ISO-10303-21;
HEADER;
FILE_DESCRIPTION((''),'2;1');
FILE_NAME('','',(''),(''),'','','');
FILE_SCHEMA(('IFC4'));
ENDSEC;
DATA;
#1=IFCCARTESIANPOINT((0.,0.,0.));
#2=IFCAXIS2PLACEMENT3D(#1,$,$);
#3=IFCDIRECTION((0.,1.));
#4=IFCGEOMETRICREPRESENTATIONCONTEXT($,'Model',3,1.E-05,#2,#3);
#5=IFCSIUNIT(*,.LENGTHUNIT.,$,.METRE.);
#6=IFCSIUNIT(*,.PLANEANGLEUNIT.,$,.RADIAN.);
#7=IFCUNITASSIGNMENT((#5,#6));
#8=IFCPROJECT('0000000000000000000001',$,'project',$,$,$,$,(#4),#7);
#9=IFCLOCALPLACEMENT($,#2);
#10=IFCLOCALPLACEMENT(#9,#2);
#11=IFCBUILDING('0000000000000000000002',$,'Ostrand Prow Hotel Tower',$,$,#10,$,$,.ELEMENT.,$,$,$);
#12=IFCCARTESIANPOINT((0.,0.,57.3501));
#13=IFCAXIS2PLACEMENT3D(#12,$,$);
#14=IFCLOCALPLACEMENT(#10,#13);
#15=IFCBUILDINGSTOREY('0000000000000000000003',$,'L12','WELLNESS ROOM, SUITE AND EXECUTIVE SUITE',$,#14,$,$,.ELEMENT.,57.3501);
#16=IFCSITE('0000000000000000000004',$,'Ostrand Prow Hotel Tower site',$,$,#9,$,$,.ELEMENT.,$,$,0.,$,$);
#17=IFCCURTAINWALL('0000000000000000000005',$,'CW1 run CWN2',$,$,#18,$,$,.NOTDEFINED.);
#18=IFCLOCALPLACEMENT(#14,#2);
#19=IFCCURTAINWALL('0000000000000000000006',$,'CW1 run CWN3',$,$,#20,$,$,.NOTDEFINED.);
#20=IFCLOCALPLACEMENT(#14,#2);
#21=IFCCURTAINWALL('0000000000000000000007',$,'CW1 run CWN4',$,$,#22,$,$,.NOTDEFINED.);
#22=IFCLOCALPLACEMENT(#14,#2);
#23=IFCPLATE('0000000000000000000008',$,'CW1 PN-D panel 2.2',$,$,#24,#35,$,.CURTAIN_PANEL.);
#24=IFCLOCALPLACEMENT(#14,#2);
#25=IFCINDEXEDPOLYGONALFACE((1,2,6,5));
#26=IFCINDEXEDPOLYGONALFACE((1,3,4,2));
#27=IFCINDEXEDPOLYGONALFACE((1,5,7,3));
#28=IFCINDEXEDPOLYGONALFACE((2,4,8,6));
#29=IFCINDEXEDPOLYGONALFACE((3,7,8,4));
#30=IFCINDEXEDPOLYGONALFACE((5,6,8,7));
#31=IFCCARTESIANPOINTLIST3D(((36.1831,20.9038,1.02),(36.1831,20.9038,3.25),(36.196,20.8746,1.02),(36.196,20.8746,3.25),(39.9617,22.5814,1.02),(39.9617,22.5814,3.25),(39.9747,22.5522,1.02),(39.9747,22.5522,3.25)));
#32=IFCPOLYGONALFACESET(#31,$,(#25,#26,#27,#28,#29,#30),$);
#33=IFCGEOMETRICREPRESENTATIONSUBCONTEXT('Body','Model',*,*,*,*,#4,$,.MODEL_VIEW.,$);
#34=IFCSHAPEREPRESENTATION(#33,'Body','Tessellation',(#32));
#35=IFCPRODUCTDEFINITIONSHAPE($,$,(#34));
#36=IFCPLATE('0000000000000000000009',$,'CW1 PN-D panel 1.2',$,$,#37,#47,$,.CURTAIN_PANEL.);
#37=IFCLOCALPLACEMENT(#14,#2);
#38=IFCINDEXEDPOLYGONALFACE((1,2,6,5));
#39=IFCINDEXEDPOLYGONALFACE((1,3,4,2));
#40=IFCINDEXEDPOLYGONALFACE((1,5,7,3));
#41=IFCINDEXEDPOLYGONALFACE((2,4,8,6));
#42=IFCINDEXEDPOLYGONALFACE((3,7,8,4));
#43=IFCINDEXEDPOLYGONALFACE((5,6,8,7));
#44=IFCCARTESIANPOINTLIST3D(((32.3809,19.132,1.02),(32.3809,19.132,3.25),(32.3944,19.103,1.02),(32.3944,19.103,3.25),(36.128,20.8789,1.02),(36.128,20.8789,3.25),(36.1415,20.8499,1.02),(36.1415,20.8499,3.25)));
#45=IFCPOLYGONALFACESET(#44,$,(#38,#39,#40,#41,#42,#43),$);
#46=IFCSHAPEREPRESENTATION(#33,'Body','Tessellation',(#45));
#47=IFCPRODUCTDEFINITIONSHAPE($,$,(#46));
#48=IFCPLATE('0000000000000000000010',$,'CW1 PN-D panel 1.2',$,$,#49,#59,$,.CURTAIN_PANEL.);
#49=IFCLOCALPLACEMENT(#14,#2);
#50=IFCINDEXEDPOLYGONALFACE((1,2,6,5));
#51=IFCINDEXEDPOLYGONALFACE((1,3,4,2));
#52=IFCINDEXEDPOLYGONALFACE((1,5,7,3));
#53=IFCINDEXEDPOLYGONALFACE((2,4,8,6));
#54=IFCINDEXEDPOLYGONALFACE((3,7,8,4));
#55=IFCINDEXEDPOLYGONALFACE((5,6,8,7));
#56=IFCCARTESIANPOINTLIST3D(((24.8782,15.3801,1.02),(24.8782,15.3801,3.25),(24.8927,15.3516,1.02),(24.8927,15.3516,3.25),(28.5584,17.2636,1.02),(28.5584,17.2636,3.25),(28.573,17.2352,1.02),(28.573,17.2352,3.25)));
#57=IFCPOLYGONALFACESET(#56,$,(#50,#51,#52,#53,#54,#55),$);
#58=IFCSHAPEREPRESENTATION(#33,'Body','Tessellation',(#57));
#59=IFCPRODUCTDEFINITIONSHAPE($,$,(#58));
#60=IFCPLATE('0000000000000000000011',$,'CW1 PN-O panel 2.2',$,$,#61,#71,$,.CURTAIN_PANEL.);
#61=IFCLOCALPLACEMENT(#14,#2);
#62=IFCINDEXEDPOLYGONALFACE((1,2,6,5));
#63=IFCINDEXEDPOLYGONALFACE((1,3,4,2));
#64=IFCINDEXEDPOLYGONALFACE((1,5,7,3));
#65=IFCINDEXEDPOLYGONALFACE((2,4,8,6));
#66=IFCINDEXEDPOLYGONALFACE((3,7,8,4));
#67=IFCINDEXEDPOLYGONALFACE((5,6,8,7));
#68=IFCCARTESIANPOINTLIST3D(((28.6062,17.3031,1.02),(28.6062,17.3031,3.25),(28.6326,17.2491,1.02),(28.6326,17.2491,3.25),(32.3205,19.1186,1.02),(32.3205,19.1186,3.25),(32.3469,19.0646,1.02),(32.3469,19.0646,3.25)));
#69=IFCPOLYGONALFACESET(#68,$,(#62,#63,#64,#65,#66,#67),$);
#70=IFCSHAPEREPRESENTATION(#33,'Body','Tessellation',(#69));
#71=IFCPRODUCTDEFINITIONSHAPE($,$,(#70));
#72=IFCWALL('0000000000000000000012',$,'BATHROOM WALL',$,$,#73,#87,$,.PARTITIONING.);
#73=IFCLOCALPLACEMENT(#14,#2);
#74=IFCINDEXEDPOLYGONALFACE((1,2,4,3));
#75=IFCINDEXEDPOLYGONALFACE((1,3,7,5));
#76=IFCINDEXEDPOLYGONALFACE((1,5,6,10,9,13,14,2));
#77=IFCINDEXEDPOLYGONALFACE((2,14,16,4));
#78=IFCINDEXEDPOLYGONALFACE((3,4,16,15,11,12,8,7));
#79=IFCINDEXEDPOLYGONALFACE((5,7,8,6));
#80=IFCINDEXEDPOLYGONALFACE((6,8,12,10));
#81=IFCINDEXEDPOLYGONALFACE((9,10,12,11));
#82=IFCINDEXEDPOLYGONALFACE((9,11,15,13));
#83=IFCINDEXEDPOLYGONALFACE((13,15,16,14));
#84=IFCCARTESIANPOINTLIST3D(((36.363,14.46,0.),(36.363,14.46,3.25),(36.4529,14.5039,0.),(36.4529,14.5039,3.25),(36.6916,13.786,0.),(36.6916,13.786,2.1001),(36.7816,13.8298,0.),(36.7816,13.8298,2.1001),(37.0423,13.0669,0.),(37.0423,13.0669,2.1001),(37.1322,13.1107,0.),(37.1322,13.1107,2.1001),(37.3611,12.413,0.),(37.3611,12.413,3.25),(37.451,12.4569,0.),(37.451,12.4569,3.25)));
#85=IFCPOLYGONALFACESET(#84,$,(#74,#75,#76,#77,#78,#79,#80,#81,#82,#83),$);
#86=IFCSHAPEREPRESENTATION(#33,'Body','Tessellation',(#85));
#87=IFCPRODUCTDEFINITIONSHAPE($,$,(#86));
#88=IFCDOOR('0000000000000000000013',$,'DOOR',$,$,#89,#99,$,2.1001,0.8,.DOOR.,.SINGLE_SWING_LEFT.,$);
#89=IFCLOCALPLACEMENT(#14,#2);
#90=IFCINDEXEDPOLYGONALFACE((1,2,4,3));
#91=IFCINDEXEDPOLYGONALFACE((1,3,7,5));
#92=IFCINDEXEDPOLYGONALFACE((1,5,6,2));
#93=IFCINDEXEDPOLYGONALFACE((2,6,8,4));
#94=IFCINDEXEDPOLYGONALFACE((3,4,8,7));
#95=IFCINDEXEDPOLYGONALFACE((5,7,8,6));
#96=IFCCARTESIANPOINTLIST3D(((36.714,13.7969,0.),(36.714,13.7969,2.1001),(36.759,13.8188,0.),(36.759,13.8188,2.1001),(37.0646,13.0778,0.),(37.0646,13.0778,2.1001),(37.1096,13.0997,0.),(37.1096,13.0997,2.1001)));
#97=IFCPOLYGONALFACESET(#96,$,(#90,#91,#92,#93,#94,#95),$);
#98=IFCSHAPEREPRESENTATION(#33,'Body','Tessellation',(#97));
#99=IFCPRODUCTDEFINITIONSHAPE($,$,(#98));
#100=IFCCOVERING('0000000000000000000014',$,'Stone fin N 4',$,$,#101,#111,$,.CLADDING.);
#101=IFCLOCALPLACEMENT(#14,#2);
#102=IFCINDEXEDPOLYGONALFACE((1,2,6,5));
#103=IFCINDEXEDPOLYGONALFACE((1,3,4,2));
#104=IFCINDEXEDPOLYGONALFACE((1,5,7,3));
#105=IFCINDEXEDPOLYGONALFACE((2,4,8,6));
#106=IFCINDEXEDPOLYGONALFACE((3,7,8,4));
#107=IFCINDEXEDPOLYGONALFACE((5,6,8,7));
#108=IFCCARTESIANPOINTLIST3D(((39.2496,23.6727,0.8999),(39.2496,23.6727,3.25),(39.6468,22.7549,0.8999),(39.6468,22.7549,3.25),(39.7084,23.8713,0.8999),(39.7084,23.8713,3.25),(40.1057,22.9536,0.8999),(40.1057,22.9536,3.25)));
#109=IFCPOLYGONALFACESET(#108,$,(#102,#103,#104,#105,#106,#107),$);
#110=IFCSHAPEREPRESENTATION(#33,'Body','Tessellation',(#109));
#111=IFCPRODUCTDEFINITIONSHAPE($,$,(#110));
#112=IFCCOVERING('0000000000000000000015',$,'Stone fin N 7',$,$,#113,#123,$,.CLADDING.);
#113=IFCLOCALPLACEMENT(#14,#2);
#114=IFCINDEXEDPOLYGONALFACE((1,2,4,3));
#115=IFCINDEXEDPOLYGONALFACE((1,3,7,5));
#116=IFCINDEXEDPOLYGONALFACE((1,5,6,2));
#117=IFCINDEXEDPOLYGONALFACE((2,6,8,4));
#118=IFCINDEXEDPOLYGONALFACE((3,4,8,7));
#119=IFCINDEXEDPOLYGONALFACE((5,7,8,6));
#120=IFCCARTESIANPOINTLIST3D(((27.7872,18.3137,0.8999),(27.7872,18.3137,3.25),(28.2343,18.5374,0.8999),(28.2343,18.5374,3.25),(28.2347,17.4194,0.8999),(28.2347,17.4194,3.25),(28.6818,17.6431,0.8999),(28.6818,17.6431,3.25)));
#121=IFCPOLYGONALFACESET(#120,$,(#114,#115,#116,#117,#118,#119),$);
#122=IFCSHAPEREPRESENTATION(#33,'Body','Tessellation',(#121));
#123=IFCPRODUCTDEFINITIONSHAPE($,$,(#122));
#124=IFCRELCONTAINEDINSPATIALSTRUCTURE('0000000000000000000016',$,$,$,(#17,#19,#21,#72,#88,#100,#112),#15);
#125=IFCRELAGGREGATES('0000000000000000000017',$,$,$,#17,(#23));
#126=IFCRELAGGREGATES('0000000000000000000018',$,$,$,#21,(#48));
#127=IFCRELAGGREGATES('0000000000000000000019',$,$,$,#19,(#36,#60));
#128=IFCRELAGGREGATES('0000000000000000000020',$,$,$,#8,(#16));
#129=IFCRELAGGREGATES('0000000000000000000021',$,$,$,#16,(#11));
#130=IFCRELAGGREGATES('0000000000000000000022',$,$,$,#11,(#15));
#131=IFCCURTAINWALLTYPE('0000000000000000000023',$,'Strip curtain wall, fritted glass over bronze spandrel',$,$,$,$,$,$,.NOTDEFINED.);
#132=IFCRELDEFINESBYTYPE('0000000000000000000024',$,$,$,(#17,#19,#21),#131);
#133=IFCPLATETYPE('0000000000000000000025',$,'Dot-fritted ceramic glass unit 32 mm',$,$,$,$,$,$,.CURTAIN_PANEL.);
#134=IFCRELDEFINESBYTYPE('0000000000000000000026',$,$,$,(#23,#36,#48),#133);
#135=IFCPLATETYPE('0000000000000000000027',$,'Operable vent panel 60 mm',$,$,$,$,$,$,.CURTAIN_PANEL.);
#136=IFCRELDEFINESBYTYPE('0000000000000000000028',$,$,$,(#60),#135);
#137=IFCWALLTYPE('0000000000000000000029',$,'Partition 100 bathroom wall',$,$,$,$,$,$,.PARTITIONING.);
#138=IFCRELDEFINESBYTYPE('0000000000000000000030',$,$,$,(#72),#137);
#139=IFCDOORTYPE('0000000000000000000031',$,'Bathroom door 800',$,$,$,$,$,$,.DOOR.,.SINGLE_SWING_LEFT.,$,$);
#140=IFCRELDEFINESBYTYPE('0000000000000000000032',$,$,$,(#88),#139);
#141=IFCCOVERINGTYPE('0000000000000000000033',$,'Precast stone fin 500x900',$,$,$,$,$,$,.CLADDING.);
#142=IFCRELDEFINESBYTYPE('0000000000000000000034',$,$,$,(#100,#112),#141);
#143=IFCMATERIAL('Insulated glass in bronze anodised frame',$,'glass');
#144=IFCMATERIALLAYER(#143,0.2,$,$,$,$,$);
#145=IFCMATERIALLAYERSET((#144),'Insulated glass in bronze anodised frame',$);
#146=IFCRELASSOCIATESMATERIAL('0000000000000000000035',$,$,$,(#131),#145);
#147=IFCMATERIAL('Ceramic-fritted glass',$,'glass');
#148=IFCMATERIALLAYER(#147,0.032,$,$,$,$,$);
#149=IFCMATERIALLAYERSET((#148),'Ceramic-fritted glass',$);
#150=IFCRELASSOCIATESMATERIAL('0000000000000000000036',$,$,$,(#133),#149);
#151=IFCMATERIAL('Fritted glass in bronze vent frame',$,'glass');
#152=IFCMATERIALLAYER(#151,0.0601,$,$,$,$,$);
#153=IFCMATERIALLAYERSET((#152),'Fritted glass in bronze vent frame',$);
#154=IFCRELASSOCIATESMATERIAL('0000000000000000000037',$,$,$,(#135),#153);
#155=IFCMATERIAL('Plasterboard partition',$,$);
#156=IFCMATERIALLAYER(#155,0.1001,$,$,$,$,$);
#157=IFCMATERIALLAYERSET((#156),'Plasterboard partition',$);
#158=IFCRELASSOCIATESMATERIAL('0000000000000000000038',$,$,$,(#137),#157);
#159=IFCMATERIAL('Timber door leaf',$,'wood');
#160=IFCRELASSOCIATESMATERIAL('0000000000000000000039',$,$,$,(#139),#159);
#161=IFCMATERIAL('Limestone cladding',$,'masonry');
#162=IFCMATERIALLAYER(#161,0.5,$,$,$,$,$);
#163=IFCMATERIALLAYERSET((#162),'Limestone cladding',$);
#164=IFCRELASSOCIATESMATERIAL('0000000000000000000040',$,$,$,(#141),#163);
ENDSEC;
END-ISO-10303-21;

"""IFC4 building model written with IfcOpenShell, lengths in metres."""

from ifc_helpers import new_model, si_unit, direction, frame, frame_2d, origin, origin_2d, place, context, subcontext, project, spatial, rectangle, extrude, material, layer, layer_set, type_object, element, fill, aggregate, save


model = new_model("IFC4")

# Units and contexts
model_context = context("Model", 3, precision=1e-05, world=origin(), true_north=direction((0.0, 1.0)))
body_context = subcontext(model_context, "Body", "Model", "MODEL_VIEW")
ifc_project = project(units=[si_unit("LENGTHUNIT", "METRE"), si_unit("PLANEANGLEUNIT", "RADIAN")], contexts=[model_context])

# Site, building, storey
site_placement = place(None, origin())
site = spatial("IfcSite", under=ifc_project, at=site_placement, Name="Ostrand Prow Hotel Tower site", CompositionType="ELEMENT", RefElevation=0.0)
building_placement = place(site_placement, origin())
building = spatial("IfcBuilding", under=site, at=building_placement, Name="Ostrand Prow Hotel Tower", CompositionType="ELEMENT")
storey_placement = place(building_placement, frame((0.0, 0.0, 57.3501)))
storey = spatial("IfcBuildingStorey", under=building, at=storey_placement, Name="L12", Description="WELLNESS ROOM, SUITE AND EXECUTIVE SUITE", CompositionType="ELEMENT", Elevation=57.3501)

# Curtain walls
ifc_material_1 = material(Name="Insulated glass in bronze anodised frame", Category="glass")
ifc_layer_1 = layer(ifc_material_1, 0.2)
ifc_layer_set_1 = layer_set([ifc_layer_1], Name="Insulated glass in bronze anodised frame")
curtain_wall_type = type_object("IfcCurtainWallType", Name="Strip curtain wall, fritted glass over bronze spandrel", PredefinedType="NOTDEFINED", material=ifc_layer_set_1)
curtain_wall_1_placement = place(storey_placement, origin())
curtain_wall_1 = element("IfcCurtainWall", 1, at=curtain_wall_1_placement, inside=storey, type_object=curtain_wall_type, Name="CW1 run CWN2", PredefinedType="NOTDEFINED")
curtain_wall_2_placement = place(storey_placement, origin())
curtain_wall_2 = element("IfcCurtainWall", 2, at=curtain_wall_2_placement, inside=storey, type_object=curtain_wall_type, Name="CW1 run CWN3", PredefinedType="NOTDEFINED")

# Curtain wall
curtain_wall_3_placement = place(storey_placement, origin())
curtain_wall_3 = element("IfcCurtainWall", 3, at=curtain_wall_3_placement, inside=storey, type_object=curtain_wall_type, Name="CW1 run CWN4", PredefinedType="NOTDEFINED")

# Plates
ifc_material_2 = material(Name="Ceramic-fritted glass", Category="glass")
ifc_layer_2 = layer(ifc_material_2, 0.032)
ifc_layer_set_2 = layer_set([ifc_layer_2], Name="Ceramic-fritted glass")
plate_type_1 = type_object("IfcPlateType", Name="Dot-fritted ceramic glass unit 32 mm", PredefinedType="CURTAIN_PANEL", material=ifc_layer_set_2)
plate_1_placement = place(storey_placement, frame((38.0789, 21.728, 1.02), z_axis=(0.0, 0.0, 1.0), x_axis=(-0.913971, -0.40578, 0.0)))
plate_1 = element("IfcPlate", 4, at=plate_1_placement, type_object=plate_type_1, Name="CW1 PN-D panel 2.2", PredefinedType="CURTAIN_PANEL", context=body_context, shape_type="SweptSolid", body=[
    extrude(rectangle(XDim=4.1343, YDim=0.032, at=origin_2d()), origin(), (0.0, 0.0, 1.0), 2.23),
])
aggregate(curtain_wall_1, [plate_1])
plate_2_placement = place(storey_placement, frame((34.2612, 19.991, 1.02), z_axis=(0.0, 0.0, 1.0), x_axis=(-0.906349, -0.42253, 0.0)))
plate_2 = element("IfcPlate", 5, at=plate_2_placement, type_object=plate_type_1, Name="CW1 PN-D panel 1.2", PredefinedType="CURTAIN_PANEL", context=body_context, shape_type="SweptSolid", body=[
    extrude(rectangle(XDim=4.1343, YDim=0.032, at=origin_2d()), origin(), (0.0, 0.0, 1.0), 2.23),
])
plate_3_placement = place(storey_placement, frame((26.7256, 16.3076, 1.02), z_axis=(0.0, 0.0, 1.0), x_axis=(-0.890187, -0.455596, 0.0)))
plate_3 = element("IfcPlate", 6, at=plate_3_placement, type_object=plate_type_1, Name="CW1 PN-D panel 1.2", PredefinedType="CURTAIN_PANEL", context=body_context, shape_type="SweptSolid", body=[
    extrude(rectangle(XDim=4.1343, YDim=0.032, at=origin_2d()), origin(), (0.0, 0.0, 1.0), 2.23),
])
aggregate(curtain_wall_3, [plate_3])
ifc_material_3 = material(Name="Fritted glass in bronze vent frame", Category="glass")
ifc_layer_3 = layer(ifc_material_3, 0.0601)
ifc_layer_set_3 = layer_set([ifc_layer_3], Name="Fritted glass in bronze vent frame")
plate_type_2 = type_object("IfcPlateType", Name="Operable vent panel 60 mm", PredefinedType="CURTAIN_PANEL", material=ifc_layer_set_3)
plate_4_placement = place(storey_placement, frame((30.4766, 18.1838, 1.02), z_axis=(0.0, 0.0, 1.0), x_axis=(-0.89842, -0.439138, 0.0)))
plate_4 = element("IfcPlate", 7, at=plate_4_placement, type_object=plate_type_2, Name="CW1 PN-O panel 2.2", PredefinedType="CURTAIN_PANEL", context=body_context, shape_type="SweptSolid", body=[
    extrude(rectangle(XDim=4.1343, YDim=0.0601, at=origin_2d()), origin(), (0.0, 0.0, 1.0), 2.23),
])
aggregate(curtain_wall_2, [plate_2, plate_4])

# Wall, opening, door
ifc_material_4 = material(Name="Plasterboard partition")
ifc_layer_4 = layer(ifc_material_4, 0.1001)
ifc_layer_set_4 = layer_set([ifc_layer_4], Name="Plasterboard partition")
wall_type = type_object("IfcWallType", Name="Partition 100 bathroom wall", PredefinedType="PARTITIONING", material=ifc_layer_set_4)
wall_placement = place(storey_placement, frame((36.408, 14.4819, 0.0), z_axis=(0.0, 0.0, 1.0), x_axis=(0.438272, -0.898843, 0.0)))
wall = element("IfcWall", 8, at=wall_placement, inside=storey, type_object=wall_type, Name="BATHROOM WALL", PredefinedType="PARTITIONING", context=body_context, shape_type="SweptSolid", body=[
    extrude(rectangle(XDim=2.2773, YDim=0.1001, at=frame_2d((1.1387, 0.0))), origin(), (0.0, 0.0, 1.0), 3.25),
])
opening_placement = place(wall_placement, frame((0.75, 0.0, 0.0)))
opening = element("IfcOpeningElement", 9, at=opening_placement, cuts=wall, PredefinedType="OPENING", context=body_context, shape_type="SweptSolid", body=[
    extrude(rectangle(XDim=0.8, YDim=2.1001, at=frame_2d((0.3999, 1.05))), frame((0.0, 0.0601, 0.0), z_axis=(0.0, -1.0, 0.0), x_axis=(1.0, 0.0, 0.0)), (0.0, 0.0, 1.0), 0.1201),
])
ifc_material_5 = material(Name="Timber door leaf", Category="wood")
door_type = type_object("IfcDoorType", Name="Bathroom door 800", OperationType="SINGLE_SWING_LEFT", PredefinedType="DOOR", material=ifc_material_5)
door_placement = place(opening_placement, origin())
door = element("IfcDoor", 10, at=door_placement, inside=storey, type_object=door_type, Name="DOOR", OperationType="SINGLE_SWING_LEFT", OverallHeight=2.1001, OverallWidth=0.8, PredefinedType="DOOR", context=body_context, shape_type="SweptSolid", body=[
    extrude(rectangle(XDim=0.8, YDim=2.1001, at=frame_2d((0.3999, 1.05))), frame((0.0, 0.0249, 0.0), z_axis=(0.0, -1.0, 0.0), x_axis=(1.0, 0.0, 0.0)), (0.0, 0.0, 1.0), 0.05),
])
fill(opening, door)

# Coverings
ifc_material_6 = material(Name="Limestone cladding", Category="masonry")
ifc_layer_5 = layer(ifc_material_6, 0.5)
ifc_layer_set_5 = layer_set([ifc_layer_5], Name="Limestone cladding")
covering_type = type_object("IfcCoveringType", Name="Precast stone fin 500x900", PredefinedType="CLADDING", material=ifc_layer_set_5)
for number, where, z_axis, x_axis, name in (
    (11, (39.8762, 22.8542, 0.8999), (0.0, 0.0, 1.0), (-0.397217, 0.917725, 0.0), "Stone fin N 4"),
    (12, (28.4583, 17.5312, 0.8999), (0.0, 0.0, 1.0), (-0.447507, 0.894281, 0.0), "Stone fin N 7"),
):
    element("IfcCovering", number, at=place(storey_placement, frame(where, z_axis=z_axis, x_axis=x_axis)), inside=storey, type_object=covering_type, Name=name, PredefinedType="CLADDING", context=body_context, shape_type="SweptSolid", body=[
        extrude(rectangle(XDim=1.0, YDim=0.5, at=frame_2d((0.5, 0.0))), origin(), (0.0, 0.0, 1.0), 2.3501),
    ])

save(model, "model.ifc")
